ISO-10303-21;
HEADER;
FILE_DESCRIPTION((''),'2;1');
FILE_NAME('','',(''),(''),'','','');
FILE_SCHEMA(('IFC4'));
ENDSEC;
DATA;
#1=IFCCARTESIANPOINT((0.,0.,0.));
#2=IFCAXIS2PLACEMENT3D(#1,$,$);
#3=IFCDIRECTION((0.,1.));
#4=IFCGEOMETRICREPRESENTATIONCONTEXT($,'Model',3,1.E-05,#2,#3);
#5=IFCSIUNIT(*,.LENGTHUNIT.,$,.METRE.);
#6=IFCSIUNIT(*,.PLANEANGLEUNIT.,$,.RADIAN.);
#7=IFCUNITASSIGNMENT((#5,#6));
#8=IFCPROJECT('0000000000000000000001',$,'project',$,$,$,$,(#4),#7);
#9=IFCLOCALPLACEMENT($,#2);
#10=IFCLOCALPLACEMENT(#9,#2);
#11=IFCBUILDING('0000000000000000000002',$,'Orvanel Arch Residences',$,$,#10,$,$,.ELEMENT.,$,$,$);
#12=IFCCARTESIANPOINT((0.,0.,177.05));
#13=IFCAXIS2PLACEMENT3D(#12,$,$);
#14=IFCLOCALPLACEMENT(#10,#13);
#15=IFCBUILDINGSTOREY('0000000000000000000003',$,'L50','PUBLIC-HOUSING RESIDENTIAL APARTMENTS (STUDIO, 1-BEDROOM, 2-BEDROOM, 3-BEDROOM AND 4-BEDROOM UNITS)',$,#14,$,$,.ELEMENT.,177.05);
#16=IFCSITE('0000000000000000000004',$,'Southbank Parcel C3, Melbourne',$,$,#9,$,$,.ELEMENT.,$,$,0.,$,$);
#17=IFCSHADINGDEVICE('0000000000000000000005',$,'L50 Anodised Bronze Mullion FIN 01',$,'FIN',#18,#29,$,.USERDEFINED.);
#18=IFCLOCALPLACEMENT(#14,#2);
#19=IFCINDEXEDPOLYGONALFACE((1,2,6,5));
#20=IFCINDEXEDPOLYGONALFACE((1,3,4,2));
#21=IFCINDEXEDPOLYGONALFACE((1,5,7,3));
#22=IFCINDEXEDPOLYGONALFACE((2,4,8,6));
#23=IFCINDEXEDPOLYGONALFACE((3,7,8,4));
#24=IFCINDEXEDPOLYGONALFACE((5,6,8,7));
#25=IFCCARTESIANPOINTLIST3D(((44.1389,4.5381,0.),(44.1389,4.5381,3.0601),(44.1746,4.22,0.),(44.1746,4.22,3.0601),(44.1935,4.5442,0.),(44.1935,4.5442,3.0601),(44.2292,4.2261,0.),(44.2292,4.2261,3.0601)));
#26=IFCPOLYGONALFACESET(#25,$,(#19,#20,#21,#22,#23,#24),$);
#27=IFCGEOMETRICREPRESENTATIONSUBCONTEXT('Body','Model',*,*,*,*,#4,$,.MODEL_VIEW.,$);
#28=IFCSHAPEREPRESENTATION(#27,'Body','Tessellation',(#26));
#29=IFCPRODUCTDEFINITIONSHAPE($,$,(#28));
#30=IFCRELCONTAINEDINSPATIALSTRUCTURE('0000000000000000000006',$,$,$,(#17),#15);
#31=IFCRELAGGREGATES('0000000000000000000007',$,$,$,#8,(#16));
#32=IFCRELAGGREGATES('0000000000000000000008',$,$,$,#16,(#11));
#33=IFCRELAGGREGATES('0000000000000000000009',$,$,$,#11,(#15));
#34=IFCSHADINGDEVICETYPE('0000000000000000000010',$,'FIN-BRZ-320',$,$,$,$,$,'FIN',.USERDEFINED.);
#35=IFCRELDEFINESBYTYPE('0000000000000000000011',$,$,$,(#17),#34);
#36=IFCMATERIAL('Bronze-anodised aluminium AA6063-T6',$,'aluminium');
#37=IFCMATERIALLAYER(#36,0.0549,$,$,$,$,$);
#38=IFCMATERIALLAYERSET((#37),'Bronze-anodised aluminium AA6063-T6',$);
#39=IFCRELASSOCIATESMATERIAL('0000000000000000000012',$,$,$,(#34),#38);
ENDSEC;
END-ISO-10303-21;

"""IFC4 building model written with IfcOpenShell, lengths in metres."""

from ifc_helpers import new_model, si_unit, direction, frame, origin, origin_2d, place, context, subcontext, project, spatial, rectangle, extrude, material, layer, layer_set, type_object, element, save


model = new_model("IFC4")

# Units and contexts
model_context = context("Model", 3, precision=1e-05, world=origin(), true_north=direction((0.0, 1.0)))
body_context = subcontext(model_context, "Body", "Model", "MODEL_VIEW")
ifc_project = project(units=[si_unit("LENGTHUNIT", "METRE"), si_unit("PLANEANGLEUNIT", "RADIAN")], contexts=[model_context])

# Site, building, storey
site_placement = place(None, origin())
site = spatial("IfcSite", under=ifc_project, at=site_placement, Name="Southbank Parcel C3, Melbourne", CompositionType="ELEMENT", RefElevation=0.0)
building_placement = place(site_placement, origin())
building = spatial("IfcBuilding", under=site, at=building_placement, Name="Orvanel Arch Residences", CompositionType="ELEMENT")
storey_placement = place(building_placement, frame((0.0, 0.0, 177.05)))
storey = spatial("IfcBuildingStorey", under=building, at=storey_placement, Name="L50", Description="PUBLIC-HOUSING RESIDENTIAL APARTMENTS (STUDIO, 1-BEDROOM, 2-BEDROOM, 3-BEDROOM AND 4-BEDROOM UNITS)", CompositionType="ELEMENT", Elevation=177.05)

# Shared definitions
ifc_material_1 = material(Name="Bronze-anodised aluminium AA6063-T6", Category="aluminium")

# Shading device
ifc_layer_1 = layer(ifc_material_1, 0.0549)
ifc_layer_set_1 = layer_set([ifc_layer_1], Name="Bronze-anodised aluminium AA6063-T6")
shading_device_type = type_object("IfcShadingDeviceType", Name="FIN-BRZ-320", ElementType="FIN", PredefinedType="USERDEFINED", material=ifc_layer_set_1)
shading_device_placement = place(storey_placement, frame((44.1841, 4.3821, 0.0), z_axis=(0.0, 0.0, 1.0), x_axis=(0.111469, -0.993768, 0.0)))
element("IfcShadingDevice", 1, at=shading_device_placement, inside=storey, type_object=shading_device_type, Name="L50 Anodised Bronze Mullion FIN 01", ObjectType="FIN", PredefinedType="USERDEFINED", context=body_context, shape_type="SweptSolid", body=[
    extrude(rectangle(XDim=0.3201, YDim=0.0549, at=origin_2d()), origin(), (0.0, 0.0, 1.0), 3.0601),
])

save(model, "model.ifc")
